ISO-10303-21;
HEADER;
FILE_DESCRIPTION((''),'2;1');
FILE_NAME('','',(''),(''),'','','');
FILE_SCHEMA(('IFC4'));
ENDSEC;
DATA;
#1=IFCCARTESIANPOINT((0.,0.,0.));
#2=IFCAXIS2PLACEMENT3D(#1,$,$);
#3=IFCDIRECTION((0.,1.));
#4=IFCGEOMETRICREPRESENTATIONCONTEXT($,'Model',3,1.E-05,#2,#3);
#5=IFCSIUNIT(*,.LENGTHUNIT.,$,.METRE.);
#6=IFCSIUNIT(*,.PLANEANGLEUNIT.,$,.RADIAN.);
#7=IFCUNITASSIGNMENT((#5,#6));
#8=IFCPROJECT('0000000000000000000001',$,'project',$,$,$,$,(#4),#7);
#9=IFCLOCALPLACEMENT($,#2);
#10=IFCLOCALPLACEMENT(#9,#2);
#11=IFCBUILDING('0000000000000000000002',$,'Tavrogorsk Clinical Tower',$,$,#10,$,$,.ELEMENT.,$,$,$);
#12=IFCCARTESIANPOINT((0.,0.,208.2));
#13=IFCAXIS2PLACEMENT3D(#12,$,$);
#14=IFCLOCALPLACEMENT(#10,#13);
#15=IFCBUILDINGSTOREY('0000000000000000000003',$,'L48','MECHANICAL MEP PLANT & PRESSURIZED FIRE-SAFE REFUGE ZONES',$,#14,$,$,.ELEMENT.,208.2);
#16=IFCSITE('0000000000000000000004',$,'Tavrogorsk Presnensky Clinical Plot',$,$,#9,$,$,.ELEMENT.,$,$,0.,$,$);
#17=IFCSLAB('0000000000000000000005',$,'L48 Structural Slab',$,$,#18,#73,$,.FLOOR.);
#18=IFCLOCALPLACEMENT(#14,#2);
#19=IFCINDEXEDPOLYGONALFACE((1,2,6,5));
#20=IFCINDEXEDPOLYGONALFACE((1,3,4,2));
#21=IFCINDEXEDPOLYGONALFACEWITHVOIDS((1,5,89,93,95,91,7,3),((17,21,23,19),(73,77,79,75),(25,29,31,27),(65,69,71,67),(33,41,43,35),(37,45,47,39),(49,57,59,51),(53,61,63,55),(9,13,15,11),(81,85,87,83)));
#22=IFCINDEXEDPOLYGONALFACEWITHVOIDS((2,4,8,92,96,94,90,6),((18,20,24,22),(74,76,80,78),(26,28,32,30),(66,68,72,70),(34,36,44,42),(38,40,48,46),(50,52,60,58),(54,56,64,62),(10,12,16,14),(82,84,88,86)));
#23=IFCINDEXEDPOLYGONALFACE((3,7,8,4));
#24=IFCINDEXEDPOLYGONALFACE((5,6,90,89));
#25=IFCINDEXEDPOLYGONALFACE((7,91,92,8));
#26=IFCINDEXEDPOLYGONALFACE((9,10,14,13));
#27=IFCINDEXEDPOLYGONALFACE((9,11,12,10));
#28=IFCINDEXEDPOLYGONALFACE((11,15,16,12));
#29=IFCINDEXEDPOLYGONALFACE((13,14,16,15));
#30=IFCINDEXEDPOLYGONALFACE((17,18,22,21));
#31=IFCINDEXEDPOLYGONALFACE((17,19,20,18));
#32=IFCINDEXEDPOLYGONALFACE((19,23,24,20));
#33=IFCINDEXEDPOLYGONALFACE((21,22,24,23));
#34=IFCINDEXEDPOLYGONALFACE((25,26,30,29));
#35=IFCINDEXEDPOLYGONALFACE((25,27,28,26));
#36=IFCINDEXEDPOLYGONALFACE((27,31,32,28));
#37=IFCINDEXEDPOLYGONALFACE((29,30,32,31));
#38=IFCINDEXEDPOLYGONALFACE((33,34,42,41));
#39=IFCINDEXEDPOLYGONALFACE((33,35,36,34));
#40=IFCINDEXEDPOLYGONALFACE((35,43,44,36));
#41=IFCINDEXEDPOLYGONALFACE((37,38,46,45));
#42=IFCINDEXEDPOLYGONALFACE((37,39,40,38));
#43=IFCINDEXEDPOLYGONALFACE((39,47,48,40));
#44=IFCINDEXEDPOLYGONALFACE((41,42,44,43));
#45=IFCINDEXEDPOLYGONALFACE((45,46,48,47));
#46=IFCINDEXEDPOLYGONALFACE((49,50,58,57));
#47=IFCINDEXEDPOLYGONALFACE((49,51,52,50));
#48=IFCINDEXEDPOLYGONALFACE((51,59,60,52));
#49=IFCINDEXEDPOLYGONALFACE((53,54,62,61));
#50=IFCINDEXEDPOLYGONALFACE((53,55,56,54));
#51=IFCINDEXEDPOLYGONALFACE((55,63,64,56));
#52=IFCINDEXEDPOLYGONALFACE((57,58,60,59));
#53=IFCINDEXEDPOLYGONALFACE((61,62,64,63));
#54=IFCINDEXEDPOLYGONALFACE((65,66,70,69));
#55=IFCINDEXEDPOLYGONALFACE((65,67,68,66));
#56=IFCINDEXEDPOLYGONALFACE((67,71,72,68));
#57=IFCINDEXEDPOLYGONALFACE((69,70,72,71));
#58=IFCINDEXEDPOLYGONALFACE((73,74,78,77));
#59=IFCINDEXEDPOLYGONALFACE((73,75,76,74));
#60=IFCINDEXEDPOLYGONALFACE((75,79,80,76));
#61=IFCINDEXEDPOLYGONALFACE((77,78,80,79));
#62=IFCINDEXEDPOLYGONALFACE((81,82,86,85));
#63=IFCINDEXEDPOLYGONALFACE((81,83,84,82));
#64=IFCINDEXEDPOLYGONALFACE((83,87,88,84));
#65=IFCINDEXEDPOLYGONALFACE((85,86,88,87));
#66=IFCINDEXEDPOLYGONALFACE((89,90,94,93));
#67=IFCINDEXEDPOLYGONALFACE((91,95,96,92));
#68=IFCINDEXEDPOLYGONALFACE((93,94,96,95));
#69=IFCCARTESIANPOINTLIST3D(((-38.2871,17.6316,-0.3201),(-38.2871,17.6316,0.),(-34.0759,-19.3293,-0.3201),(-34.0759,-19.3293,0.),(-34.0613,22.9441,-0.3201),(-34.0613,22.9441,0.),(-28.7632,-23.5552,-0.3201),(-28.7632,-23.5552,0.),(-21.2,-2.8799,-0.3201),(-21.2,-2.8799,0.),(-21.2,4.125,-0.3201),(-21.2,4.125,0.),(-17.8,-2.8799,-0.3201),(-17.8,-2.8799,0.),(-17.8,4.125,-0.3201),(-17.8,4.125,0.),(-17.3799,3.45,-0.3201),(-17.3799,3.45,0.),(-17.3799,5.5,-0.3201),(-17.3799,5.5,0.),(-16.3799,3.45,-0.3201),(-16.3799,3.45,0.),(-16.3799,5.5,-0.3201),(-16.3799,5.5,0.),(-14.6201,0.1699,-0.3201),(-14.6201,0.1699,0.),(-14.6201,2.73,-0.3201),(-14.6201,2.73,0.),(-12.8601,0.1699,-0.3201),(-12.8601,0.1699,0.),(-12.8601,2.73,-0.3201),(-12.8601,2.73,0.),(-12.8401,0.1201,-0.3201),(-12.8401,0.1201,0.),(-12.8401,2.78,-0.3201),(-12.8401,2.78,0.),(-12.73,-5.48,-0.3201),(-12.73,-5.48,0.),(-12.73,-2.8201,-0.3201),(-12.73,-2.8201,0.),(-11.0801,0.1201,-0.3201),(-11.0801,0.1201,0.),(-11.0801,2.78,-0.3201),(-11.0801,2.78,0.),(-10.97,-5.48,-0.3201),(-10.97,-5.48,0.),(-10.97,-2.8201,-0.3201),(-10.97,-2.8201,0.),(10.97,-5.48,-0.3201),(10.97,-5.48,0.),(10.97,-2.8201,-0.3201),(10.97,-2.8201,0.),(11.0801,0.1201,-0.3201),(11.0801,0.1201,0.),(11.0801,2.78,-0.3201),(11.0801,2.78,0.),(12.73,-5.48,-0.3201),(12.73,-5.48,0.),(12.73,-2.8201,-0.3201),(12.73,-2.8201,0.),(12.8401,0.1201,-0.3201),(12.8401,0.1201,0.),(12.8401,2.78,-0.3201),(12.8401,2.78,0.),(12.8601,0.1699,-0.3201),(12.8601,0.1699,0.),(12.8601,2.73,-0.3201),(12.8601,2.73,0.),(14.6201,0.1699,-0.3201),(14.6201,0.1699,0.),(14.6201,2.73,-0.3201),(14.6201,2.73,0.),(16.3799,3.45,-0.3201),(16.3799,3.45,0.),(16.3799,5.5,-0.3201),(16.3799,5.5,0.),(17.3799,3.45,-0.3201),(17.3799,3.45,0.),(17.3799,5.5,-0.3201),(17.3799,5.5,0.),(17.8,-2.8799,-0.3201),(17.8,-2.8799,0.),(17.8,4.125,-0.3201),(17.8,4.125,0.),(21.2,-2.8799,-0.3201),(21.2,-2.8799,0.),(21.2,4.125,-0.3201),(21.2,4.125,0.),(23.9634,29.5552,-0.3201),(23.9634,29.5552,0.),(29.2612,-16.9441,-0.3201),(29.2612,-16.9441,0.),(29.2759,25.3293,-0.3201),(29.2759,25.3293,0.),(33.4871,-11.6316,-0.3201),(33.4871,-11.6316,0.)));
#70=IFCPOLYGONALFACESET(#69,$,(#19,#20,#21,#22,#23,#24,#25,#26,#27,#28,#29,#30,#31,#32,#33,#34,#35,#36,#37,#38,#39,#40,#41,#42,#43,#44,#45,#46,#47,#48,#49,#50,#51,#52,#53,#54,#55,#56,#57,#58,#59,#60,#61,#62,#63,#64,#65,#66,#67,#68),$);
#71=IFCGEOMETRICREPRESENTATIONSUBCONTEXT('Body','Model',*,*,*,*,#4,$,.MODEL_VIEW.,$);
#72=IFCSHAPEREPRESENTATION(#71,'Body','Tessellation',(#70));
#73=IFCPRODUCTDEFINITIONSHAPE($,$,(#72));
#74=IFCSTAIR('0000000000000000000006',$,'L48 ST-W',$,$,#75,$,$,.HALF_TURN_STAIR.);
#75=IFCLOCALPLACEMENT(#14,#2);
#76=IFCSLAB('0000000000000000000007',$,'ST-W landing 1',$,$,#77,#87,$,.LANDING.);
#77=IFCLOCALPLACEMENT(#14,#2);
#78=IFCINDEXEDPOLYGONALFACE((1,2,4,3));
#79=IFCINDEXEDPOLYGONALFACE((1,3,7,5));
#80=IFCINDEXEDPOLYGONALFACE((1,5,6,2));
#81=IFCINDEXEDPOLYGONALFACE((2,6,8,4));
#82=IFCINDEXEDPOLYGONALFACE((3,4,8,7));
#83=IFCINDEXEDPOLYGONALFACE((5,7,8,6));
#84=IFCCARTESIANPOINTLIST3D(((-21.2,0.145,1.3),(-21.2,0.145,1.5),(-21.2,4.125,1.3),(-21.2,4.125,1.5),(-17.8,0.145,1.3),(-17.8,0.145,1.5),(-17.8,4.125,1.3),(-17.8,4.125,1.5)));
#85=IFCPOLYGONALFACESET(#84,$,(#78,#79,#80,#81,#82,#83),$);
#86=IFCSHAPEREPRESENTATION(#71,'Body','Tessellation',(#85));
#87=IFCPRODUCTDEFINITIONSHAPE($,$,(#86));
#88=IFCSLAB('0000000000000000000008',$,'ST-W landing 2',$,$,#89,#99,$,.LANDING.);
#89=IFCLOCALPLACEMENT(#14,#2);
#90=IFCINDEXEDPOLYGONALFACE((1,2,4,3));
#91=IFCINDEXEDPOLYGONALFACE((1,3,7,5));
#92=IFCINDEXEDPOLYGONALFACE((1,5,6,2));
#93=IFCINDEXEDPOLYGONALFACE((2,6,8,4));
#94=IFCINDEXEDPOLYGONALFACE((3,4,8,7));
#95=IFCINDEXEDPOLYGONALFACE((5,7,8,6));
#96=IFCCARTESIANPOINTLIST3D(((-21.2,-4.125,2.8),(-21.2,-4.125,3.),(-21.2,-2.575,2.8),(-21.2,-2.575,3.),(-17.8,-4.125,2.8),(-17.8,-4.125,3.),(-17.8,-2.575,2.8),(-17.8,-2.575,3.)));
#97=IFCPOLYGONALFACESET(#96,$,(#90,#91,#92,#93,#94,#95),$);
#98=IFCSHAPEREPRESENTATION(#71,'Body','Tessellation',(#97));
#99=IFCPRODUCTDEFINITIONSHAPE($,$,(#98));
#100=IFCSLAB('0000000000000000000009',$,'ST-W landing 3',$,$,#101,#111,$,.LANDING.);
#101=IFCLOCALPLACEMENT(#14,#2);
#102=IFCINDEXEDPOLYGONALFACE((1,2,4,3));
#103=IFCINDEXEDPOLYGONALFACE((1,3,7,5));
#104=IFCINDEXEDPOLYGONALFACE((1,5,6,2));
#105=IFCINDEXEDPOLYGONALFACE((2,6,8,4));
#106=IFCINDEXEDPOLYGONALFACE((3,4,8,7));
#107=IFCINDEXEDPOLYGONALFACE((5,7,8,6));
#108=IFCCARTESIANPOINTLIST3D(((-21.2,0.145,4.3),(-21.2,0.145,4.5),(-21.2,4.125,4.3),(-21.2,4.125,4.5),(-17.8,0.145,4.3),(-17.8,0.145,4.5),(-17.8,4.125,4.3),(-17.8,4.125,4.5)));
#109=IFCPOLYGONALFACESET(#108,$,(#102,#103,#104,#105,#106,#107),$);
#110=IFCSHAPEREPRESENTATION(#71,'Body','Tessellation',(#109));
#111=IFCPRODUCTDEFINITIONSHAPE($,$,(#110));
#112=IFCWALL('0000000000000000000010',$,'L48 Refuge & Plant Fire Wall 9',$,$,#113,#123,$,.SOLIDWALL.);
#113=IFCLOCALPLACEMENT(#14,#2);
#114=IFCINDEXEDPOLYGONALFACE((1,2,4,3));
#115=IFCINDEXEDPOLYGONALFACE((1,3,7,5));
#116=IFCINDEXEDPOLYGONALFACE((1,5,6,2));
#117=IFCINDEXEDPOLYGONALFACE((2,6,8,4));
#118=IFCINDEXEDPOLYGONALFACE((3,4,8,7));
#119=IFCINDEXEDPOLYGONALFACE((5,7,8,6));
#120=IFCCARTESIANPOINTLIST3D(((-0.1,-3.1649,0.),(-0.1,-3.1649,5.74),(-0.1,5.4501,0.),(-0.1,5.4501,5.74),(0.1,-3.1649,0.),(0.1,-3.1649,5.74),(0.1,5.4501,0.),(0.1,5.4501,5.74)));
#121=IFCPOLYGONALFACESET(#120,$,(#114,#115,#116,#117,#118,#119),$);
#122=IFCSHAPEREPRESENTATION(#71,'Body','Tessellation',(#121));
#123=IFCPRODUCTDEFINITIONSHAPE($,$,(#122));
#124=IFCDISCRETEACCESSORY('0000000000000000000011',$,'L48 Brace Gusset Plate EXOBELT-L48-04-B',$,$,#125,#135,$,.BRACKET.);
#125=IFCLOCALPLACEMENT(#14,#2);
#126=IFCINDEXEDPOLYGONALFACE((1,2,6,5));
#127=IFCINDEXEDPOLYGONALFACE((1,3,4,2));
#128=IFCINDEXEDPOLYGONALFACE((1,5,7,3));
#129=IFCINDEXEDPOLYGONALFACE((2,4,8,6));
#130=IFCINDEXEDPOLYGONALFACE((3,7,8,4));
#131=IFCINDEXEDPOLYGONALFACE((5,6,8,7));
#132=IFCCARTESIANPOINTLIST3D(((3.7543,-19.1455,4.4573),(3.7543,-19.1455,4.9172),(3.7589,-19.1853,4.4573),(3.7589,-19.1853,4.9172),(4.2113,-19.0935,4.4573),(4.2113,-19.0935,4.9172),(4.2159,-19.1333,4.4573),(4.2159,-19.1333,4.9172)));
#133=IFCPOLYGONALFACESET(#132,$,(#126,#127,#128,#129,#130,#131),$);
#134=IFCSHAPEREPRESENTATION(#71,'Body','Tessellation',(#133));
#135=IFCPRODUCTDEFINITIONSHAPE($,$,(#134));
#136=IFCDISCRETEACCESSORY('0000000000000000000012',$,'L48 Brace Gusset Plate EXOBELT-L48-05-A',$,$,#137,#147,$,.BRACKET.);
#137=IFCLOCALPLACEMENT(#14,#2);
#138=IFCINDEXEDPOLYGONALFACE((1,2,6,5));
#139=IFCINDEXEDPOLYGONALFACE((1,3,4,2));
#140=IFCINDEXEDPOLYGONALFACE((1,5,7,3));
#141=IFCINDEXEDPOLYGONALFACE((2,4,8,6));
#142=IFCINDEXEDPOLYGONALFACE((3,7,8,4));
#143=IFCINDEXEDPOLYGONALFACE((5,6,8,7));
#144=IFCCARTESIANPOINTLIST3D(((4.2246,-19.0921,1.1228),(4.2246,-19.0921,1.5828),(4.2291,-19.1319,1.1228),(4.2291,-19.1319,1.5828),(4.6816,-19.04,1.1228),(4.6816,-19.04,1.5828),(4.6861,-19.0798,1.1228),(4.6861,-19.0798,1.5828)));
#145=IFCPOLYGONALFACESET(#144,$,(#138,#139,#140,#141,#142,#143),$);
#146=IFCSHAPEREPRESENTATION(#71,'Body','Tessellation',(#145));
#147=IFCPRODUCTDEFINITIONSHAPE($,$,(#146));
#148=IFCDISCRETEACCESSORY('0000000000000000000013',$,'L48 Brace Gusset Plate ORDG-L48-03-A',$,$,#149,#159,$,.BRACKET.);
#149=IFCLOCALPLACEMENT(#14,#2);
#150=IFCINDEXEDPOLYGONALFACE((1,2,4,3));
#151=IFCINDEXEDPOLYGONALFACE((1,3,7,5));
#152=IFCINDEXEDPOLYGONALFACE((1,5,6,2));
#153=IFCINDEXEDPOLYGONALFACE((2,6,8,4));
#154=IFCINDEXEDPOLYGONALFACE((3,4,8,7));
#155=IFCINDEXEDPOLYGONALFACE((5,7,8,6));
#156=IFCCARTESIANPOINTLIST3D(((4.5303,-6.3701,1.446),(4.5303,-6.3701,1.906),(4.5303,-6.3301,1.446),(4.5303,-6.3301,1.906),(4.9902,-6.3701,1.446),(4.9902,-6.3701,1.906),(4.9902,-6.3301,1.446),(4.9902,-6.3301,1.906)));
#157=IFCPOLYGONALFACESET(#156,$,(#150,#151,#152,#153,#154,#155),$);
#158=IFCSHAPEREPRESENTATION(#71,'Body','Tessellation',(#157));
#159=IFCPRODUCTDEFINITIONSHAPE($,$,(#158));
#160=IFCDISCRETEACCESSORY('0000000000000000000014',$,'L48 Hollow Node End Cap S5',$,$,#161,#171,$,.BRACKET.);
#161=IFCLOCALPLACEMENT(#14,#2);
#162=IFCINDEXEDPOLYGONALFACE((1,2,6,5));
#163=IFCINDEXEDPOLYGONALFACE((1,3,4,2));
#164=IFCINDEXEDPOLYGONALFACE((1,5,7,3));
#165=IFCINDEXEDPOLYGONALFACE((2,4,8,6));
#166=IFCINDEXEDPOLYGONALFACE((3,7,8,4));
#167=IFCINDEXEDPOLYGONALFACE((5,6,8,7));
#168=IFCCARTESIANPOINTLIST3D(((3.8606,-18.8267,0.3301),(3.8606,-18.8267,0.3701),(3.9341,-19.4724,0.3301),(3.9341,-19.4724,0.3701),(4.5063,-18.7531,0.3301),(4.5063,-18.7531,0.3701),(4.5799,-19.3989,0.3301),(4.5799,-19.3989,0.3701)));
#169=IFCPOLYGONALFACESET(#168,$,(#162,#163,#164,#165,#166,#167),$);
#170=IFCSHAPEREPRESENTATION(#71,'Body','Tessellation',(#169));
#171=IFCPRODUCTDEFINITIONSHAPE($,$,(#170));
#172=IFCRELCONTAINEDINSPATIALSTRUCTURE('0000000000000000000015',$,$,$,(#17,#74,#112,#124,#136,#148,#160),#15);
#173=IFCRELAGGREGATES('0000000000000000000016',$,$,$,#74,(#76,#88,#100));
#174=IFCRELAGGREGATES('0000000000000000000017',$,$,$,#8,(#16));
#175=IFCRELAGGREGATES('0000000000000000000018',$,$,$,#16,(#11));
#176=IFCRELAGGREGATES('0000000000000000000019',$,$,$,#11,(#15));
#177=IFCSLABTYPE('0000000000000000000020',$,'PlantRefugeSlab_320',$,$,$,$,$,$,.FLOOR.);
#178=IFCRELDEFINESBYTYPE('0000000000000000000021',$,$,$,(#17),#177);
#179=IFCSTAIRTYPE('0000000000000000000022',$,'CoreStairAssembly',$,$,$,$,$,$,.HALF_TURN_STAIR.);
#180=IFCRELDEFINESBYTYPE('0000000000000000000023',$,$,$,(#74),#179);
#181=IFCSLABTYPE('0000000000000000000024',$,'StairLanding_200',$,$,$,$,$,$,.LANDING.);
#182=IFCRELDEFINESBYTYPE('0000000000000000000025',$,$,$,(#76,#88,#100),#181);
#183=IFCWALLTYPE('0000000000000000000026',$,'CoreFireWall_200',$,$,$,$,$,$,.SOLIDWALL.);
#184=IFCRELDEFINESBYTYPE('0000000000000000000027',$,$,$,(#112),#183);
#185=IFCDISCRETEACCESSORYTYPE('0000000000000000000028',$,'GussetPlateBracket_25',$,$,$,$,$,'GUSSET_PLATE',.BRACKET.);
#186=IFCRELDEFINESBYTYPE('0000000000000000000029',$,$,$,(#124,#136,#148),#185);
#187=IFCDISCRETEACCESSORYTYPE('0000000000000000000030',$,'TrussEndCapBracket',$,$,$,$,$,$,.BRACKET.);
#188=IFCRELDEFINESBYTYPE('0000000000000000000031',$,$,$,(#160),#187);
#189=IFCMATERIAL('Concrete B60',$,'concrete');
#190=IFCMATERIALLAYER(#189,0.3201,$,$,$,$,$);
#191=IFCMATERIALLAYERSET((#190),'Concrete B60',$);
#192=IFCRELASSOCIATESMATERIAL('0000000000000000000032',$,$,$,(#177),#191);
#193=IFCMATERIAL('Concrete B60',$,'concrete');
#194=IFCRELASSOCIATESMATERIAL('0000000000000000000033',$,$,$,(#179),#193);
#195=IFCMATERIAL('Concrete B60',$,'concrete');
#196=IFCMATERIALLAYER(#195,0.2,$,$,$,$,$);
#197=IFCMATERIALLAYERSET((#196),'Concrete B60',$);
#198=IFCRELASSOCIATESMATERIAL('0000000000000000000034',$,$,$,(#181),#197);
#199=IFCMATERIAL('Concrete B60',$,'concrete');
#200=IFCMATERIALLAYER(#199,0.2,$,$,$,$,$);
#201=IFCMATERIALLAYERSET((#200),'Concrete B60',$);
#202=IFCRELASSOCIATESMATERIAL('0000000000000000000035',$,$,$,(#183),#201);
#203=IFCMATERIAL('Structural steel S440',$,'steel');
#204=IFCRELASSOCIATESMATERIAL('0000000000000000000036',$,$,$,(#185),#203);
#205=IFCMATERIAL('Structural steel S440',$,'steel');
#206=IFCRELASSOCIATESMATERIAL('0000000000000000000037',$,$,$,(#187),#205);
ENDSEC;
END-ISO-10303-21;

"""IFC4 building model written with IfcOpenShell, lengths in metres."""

from ifc_helpers import new_model, si_unit, direction, frame, frame_2d, origin, origin_2d, place, context, subcontext, project, spatial, polyline, rectangle, outline, extrude, material, layer, layer_set, type_object, element, aggregate, save


model = new_model("IFC4")

# Units and contexts
model_context = context("Model", 3, precision=1e-05, world=origin(), true_north=direction((0.0, 1.0)))
body_context = subcontext(model_context, "Body", "Model", "MODEL_VIEW")
ifc_project = project(units=[si_unit("LENGTHUNIT", "METRE"), si_unit("PLANEANGLEUNIT", "RADIAN")], contexts=[model_context])

# Site, building, storey
site_placement = place(None, origin())
site = spatial("IfcSite", under=ifc_project, at=site_placement, Name="Tavrogorsk Presnensky Clinical Plot", CompositionType="ELEMENT", RefElevation=0.0)
building_placement = place(site_placement, origin())
building = spatial("IfcBuilding", under=site, at=building_placement, Name="Tavrogorsk Clinical Tower", CompositionType="ELEMENT")
storey_placement = place(building_placement, frame((0.0, 0.0, 208.2)))
storey = spatial("IfcBuildingStorey", under=building, at=storey_placement, Name="L48", Description="MECHANICAL MEP PLANT & PRESSURIZED FIRE-SAFE REFUGE ZONES", CompositionType="ELEMENT", Elevation=208.2)

# Slab
ifc_material_1 = material(Name="Concrete B60", Category="concrete")
ifc_layer_1 = layer(ifc_material_1, 0.3201)
ifc_layer_set_1 = layer_set([ifc_layer_1], Name="Concrete B60")
slab_type_1 = type_object("IfcSlabType", Name="PlantRefugeSlab_320", PredefinedType="FLOOR", material=ifc_layer_set_1)
slab_1_placement = place(storey_placement, frame((0.0, 0.0, -0.3201)))
element("IfcSlab", 1, at=slab_1_placement, inside=storey, type_object=slab_type_1, Name="L48 Structural Slab", PredefinedType="FLOOR", context=body_context, shape_type="SweptSolid", body=[
    extrude(outline(polyline([(-28.7632, -23.5552), (29.2612, -16.9441), (33.4871, -11.6316), (29.2759, 25.3293), (23.9634, 29.5552), (-34.0613, 22.9441), (-38.2871, 17.6316), (-34.0759, -19.3293), (-28.7632, -23.5552)]), holes=[polyline([(-17.8, -2.8799), (-17.8, 4.125), (-21.2, 4.125), (-21.2, -2.8799), (-17.8, -2.8799)]), polyline([(21.2, -2.8799), (21.2, 4.125), (17.8, 4.125), (17.8, -2.8799), (21.2, -2.8799)]), polyline([(-14.6201, 0.1699), (-12.8601, 0.1699), (-12.8601, 2.73), (-14.6201, 2.73), (-14.6201, 0.1699)]), polyline([(-12.73, -5.48), (-10.97, -5.48), (-10.97, -2.8201), (-12.73, -2.8201), (-12.73, -5.48)]), polyline([(-12.8401, 0.1201), (-11.0801, 0.1201), (-11.0801, 2.78), (-12.8401, 2.78), (-12.8401, 0.1201)]), polyline([(12.8601, 0.1699), (14.6201, 0.1699), (14.6201, 2.73), (12.8601, 2.73), (12.8601, 0.1699)]), polyline([(10.97, -5.48), (12.73, -5.48), (12.73, -2.8201), (10.97, -2.8201), (10.97, -5.48)]), polyline([(11.0801, 0.1201), (12.8401, 0.1201), (12.8401, 2.78), (11.0801, 2.78), (11.0801, 0.1201)]), polyline([(-17.3799, 3.45), (-16.3799, 3.45), (-16.3799, 5.5), (-17.3799, 5.5), (-17.3799, 3.45)]), polyline([(16.3799, 3.45), (17.3799, 3.45), (17.3799, 5.5), (16.3799, 5.5), (16.3799, 3.45)])]), origin(), (0.0, 0.0, 1.0), 0.3201),
])

# Stair, slabs
ifc_material_2 = material(Name="Concrete B60", Category="concrete")
stair_type = type_object("IfcStairType", Name="CoreStairAssembly", PredefinedType="HALF_TURN_STAIR", material=ifc_material_2)
stair_placement = place(storey_placement, origin())
stair = element("IfcStair", 2, at=stair_placement, inside=storey, type_object=stair_type, Name="L48 ST-W", PredefinedType="HALF_TURN_STAIR")
ifc_material_3 = material(Name="Concrete B60", Category="concrete")
ifc_layer_2 = layer(ifc_material_3, 0.2)
ifc_layer_set_2 = layer_set([ifc_layer_2], Name="Concrete B60")
slab_type_2 = type_object("IfcSlabType", Name="StairLanding_200", PredefinedType="LANDING", material=ifc_layer_set_2)
slab_2_placement = place(storey_placement, frame((0.0, 0.0, 1.3)))
slab_2 = element("IfcSlab", 3, at=slab_2_placement, type_object=slab_type_2, Name="ST-W landing 1", PredefinedType="LANDING", context=body_context, shape_type="SweptSolid", body=[
    extrude(outline(polyline([(-17.8, 0.145), (-17.8, 4.125), (-21.2, 4.125), (-21.2, 0.145), (-17.8, 0.145)])), origin(), (0.0, 0.0, 1.0), 0.2),
])
slab_3_placement = place(storey_placement, frame((0.0, 0.0, 2.8)))
slab_3 = element("IfcSlab", 4, at=slab_3_placement, type_object=slab_type_2, Name="ST-W landing 2", PredefinedType="LANDING", context=body_context, shape_type="SweptSolid", body=[
    extrude(outline(polyline([(-17.8, -4.125), (-17.8, -2.575), (-21.2, -2.575), (-21.2, -4.125), (-17.8, -4.125)])), origin(), (0.0, 0.0, 1.0), 0.2),
])
slab_4_placement = place(storey_placement, frame((0.0, 0.0, 4.3)))
slab_4 = element("IfcSlab", 5, at=slab_4_placement, type_object=slab_type_2, Name="ST-W landing 3", PredefinedType="LANDING", context=body_context, shape_type="SweptSolid", body=[
    extrude(outline(polyline([(-17.8, 0.145), (-17.8, 4.125), (-21.2, 4.125), (-21.2, 0.145), (-17.8, 0.145)])), origin(), (0.0, 0.0, 1.0), 0.2),
])
aggregate(stair, [slab_2, slab_3, slab_4])

# Wall
ifc_material_4 = material(Name="Concrete B60", Category="concrete")
ifc_layer_3 = layer(ifc_material_4, 0.2)
ifc_layer_set_3 = layer_set([ifc_layer_3], Name="Concrete B60")
wall_type = type_object("IfcWallType", Name="CoreFireWall_200", PredefinedType="SOLIDWALL", material=ifc_layer_set_3)
wall_placement = place(storey_placement, frame((0.0, -3.165, 0.0), z_axis=(0.0, 0.0, 1.0), x_axis=(0.0, 1.0, 0.0)))
element("IfcWall", 6, at=wall_placement, inside=storey, type_object=wall_type, Name="L48 Refuge & Plant Fire Wall 9", PredefinedType="SOLIDWALL", context=body_context, shape_type="SweptSolid", body=[
    extrude(rectangle(XDim=8.615, YDim=0.2, at=frame_2d((4.3076, 0.0))), origin(), (0.0, 0.0, 1.0), 5.74),
])

# Discrete accessories
ifc_material_5 = material(Name="Structural steel S440", Category="steel")
discrete_accessory_type_1 = type_object("IfcDiscreteAccessoryType", Name="GussetPlateBracket_25", ElementType="GUSSET_PLATE", PredefinedType="BRACKET", material=ifc_material_5)
for number, where, z_axis, x_axis, name in (
    (7, (3.9851, -19.1394, 4.4573), (0.0, 0.0, 1.0), (0.993572, 0.113203, 0.0), "L48 Brace Gusset Plate EXOBELT-L48-04-B"),
    (8, (4.4553, -19.0859, 1.1228), (0.0, 0.0, 1.0), (0.993572, 0.113203, 0.0), "L48 Brace Gusset Plate EXOBELT-L48-05-A"),
    (9, (4.7603, -6.3501, 1.446), (0.0, 0.0, 1.0), (1.0, 0.0, 0.0), "L48 Brace Gusset Plate ORDG-L48-03-A"),
):
    element("IfcDiscreteAccessory", number, at=place(storey_placement, frame(where, z_axis=z_axis, x_axis=x_axis)), inside=storey, type_object=discrete_accessory_type_1, Name=name, PredefinedType="BRACKET", context=body_context, shape_type="SweptSolid", body=[
        extrude(rectangle(XDim=0.46, YDim=0.04, at=origin_2d()), origin(), (0.0, 0.0, 1.0), 0.46),
    ])
ifc_material_6 = material(Name="Structural steel S440", Category="steel")
discrete_accessory_type_2 = type_object("IfcDiscreteAccessoryType", Name="TrussEndCapBracket", PredefinedType="BRACKET", material=ifc_material_6)
discrete_accessory_placement = place(storey_placement, frame((4.2202, -19.1128, 0.3301), z_axis=(0.0, 0.0, 1.0), x_axis=(0.993572, 0.113203, 0.0)))
element("IfcDiscreteAccessory", 10, at=discrete_accessory_placement, inside=storey, type_object=discrete_accessory_type_2, Name="L48 Hollow Node End Cap S5", PredefinedType="BRACKET", context=body_context, shape_type="SweptSolid", body=[
    extrude(rectangle(XDim=0.6499, YDim=0.6499, at=origin_2d()), origin(), (0.0, 0.0, 1.0), 0.04),
])

save(model, "model.ifc")
